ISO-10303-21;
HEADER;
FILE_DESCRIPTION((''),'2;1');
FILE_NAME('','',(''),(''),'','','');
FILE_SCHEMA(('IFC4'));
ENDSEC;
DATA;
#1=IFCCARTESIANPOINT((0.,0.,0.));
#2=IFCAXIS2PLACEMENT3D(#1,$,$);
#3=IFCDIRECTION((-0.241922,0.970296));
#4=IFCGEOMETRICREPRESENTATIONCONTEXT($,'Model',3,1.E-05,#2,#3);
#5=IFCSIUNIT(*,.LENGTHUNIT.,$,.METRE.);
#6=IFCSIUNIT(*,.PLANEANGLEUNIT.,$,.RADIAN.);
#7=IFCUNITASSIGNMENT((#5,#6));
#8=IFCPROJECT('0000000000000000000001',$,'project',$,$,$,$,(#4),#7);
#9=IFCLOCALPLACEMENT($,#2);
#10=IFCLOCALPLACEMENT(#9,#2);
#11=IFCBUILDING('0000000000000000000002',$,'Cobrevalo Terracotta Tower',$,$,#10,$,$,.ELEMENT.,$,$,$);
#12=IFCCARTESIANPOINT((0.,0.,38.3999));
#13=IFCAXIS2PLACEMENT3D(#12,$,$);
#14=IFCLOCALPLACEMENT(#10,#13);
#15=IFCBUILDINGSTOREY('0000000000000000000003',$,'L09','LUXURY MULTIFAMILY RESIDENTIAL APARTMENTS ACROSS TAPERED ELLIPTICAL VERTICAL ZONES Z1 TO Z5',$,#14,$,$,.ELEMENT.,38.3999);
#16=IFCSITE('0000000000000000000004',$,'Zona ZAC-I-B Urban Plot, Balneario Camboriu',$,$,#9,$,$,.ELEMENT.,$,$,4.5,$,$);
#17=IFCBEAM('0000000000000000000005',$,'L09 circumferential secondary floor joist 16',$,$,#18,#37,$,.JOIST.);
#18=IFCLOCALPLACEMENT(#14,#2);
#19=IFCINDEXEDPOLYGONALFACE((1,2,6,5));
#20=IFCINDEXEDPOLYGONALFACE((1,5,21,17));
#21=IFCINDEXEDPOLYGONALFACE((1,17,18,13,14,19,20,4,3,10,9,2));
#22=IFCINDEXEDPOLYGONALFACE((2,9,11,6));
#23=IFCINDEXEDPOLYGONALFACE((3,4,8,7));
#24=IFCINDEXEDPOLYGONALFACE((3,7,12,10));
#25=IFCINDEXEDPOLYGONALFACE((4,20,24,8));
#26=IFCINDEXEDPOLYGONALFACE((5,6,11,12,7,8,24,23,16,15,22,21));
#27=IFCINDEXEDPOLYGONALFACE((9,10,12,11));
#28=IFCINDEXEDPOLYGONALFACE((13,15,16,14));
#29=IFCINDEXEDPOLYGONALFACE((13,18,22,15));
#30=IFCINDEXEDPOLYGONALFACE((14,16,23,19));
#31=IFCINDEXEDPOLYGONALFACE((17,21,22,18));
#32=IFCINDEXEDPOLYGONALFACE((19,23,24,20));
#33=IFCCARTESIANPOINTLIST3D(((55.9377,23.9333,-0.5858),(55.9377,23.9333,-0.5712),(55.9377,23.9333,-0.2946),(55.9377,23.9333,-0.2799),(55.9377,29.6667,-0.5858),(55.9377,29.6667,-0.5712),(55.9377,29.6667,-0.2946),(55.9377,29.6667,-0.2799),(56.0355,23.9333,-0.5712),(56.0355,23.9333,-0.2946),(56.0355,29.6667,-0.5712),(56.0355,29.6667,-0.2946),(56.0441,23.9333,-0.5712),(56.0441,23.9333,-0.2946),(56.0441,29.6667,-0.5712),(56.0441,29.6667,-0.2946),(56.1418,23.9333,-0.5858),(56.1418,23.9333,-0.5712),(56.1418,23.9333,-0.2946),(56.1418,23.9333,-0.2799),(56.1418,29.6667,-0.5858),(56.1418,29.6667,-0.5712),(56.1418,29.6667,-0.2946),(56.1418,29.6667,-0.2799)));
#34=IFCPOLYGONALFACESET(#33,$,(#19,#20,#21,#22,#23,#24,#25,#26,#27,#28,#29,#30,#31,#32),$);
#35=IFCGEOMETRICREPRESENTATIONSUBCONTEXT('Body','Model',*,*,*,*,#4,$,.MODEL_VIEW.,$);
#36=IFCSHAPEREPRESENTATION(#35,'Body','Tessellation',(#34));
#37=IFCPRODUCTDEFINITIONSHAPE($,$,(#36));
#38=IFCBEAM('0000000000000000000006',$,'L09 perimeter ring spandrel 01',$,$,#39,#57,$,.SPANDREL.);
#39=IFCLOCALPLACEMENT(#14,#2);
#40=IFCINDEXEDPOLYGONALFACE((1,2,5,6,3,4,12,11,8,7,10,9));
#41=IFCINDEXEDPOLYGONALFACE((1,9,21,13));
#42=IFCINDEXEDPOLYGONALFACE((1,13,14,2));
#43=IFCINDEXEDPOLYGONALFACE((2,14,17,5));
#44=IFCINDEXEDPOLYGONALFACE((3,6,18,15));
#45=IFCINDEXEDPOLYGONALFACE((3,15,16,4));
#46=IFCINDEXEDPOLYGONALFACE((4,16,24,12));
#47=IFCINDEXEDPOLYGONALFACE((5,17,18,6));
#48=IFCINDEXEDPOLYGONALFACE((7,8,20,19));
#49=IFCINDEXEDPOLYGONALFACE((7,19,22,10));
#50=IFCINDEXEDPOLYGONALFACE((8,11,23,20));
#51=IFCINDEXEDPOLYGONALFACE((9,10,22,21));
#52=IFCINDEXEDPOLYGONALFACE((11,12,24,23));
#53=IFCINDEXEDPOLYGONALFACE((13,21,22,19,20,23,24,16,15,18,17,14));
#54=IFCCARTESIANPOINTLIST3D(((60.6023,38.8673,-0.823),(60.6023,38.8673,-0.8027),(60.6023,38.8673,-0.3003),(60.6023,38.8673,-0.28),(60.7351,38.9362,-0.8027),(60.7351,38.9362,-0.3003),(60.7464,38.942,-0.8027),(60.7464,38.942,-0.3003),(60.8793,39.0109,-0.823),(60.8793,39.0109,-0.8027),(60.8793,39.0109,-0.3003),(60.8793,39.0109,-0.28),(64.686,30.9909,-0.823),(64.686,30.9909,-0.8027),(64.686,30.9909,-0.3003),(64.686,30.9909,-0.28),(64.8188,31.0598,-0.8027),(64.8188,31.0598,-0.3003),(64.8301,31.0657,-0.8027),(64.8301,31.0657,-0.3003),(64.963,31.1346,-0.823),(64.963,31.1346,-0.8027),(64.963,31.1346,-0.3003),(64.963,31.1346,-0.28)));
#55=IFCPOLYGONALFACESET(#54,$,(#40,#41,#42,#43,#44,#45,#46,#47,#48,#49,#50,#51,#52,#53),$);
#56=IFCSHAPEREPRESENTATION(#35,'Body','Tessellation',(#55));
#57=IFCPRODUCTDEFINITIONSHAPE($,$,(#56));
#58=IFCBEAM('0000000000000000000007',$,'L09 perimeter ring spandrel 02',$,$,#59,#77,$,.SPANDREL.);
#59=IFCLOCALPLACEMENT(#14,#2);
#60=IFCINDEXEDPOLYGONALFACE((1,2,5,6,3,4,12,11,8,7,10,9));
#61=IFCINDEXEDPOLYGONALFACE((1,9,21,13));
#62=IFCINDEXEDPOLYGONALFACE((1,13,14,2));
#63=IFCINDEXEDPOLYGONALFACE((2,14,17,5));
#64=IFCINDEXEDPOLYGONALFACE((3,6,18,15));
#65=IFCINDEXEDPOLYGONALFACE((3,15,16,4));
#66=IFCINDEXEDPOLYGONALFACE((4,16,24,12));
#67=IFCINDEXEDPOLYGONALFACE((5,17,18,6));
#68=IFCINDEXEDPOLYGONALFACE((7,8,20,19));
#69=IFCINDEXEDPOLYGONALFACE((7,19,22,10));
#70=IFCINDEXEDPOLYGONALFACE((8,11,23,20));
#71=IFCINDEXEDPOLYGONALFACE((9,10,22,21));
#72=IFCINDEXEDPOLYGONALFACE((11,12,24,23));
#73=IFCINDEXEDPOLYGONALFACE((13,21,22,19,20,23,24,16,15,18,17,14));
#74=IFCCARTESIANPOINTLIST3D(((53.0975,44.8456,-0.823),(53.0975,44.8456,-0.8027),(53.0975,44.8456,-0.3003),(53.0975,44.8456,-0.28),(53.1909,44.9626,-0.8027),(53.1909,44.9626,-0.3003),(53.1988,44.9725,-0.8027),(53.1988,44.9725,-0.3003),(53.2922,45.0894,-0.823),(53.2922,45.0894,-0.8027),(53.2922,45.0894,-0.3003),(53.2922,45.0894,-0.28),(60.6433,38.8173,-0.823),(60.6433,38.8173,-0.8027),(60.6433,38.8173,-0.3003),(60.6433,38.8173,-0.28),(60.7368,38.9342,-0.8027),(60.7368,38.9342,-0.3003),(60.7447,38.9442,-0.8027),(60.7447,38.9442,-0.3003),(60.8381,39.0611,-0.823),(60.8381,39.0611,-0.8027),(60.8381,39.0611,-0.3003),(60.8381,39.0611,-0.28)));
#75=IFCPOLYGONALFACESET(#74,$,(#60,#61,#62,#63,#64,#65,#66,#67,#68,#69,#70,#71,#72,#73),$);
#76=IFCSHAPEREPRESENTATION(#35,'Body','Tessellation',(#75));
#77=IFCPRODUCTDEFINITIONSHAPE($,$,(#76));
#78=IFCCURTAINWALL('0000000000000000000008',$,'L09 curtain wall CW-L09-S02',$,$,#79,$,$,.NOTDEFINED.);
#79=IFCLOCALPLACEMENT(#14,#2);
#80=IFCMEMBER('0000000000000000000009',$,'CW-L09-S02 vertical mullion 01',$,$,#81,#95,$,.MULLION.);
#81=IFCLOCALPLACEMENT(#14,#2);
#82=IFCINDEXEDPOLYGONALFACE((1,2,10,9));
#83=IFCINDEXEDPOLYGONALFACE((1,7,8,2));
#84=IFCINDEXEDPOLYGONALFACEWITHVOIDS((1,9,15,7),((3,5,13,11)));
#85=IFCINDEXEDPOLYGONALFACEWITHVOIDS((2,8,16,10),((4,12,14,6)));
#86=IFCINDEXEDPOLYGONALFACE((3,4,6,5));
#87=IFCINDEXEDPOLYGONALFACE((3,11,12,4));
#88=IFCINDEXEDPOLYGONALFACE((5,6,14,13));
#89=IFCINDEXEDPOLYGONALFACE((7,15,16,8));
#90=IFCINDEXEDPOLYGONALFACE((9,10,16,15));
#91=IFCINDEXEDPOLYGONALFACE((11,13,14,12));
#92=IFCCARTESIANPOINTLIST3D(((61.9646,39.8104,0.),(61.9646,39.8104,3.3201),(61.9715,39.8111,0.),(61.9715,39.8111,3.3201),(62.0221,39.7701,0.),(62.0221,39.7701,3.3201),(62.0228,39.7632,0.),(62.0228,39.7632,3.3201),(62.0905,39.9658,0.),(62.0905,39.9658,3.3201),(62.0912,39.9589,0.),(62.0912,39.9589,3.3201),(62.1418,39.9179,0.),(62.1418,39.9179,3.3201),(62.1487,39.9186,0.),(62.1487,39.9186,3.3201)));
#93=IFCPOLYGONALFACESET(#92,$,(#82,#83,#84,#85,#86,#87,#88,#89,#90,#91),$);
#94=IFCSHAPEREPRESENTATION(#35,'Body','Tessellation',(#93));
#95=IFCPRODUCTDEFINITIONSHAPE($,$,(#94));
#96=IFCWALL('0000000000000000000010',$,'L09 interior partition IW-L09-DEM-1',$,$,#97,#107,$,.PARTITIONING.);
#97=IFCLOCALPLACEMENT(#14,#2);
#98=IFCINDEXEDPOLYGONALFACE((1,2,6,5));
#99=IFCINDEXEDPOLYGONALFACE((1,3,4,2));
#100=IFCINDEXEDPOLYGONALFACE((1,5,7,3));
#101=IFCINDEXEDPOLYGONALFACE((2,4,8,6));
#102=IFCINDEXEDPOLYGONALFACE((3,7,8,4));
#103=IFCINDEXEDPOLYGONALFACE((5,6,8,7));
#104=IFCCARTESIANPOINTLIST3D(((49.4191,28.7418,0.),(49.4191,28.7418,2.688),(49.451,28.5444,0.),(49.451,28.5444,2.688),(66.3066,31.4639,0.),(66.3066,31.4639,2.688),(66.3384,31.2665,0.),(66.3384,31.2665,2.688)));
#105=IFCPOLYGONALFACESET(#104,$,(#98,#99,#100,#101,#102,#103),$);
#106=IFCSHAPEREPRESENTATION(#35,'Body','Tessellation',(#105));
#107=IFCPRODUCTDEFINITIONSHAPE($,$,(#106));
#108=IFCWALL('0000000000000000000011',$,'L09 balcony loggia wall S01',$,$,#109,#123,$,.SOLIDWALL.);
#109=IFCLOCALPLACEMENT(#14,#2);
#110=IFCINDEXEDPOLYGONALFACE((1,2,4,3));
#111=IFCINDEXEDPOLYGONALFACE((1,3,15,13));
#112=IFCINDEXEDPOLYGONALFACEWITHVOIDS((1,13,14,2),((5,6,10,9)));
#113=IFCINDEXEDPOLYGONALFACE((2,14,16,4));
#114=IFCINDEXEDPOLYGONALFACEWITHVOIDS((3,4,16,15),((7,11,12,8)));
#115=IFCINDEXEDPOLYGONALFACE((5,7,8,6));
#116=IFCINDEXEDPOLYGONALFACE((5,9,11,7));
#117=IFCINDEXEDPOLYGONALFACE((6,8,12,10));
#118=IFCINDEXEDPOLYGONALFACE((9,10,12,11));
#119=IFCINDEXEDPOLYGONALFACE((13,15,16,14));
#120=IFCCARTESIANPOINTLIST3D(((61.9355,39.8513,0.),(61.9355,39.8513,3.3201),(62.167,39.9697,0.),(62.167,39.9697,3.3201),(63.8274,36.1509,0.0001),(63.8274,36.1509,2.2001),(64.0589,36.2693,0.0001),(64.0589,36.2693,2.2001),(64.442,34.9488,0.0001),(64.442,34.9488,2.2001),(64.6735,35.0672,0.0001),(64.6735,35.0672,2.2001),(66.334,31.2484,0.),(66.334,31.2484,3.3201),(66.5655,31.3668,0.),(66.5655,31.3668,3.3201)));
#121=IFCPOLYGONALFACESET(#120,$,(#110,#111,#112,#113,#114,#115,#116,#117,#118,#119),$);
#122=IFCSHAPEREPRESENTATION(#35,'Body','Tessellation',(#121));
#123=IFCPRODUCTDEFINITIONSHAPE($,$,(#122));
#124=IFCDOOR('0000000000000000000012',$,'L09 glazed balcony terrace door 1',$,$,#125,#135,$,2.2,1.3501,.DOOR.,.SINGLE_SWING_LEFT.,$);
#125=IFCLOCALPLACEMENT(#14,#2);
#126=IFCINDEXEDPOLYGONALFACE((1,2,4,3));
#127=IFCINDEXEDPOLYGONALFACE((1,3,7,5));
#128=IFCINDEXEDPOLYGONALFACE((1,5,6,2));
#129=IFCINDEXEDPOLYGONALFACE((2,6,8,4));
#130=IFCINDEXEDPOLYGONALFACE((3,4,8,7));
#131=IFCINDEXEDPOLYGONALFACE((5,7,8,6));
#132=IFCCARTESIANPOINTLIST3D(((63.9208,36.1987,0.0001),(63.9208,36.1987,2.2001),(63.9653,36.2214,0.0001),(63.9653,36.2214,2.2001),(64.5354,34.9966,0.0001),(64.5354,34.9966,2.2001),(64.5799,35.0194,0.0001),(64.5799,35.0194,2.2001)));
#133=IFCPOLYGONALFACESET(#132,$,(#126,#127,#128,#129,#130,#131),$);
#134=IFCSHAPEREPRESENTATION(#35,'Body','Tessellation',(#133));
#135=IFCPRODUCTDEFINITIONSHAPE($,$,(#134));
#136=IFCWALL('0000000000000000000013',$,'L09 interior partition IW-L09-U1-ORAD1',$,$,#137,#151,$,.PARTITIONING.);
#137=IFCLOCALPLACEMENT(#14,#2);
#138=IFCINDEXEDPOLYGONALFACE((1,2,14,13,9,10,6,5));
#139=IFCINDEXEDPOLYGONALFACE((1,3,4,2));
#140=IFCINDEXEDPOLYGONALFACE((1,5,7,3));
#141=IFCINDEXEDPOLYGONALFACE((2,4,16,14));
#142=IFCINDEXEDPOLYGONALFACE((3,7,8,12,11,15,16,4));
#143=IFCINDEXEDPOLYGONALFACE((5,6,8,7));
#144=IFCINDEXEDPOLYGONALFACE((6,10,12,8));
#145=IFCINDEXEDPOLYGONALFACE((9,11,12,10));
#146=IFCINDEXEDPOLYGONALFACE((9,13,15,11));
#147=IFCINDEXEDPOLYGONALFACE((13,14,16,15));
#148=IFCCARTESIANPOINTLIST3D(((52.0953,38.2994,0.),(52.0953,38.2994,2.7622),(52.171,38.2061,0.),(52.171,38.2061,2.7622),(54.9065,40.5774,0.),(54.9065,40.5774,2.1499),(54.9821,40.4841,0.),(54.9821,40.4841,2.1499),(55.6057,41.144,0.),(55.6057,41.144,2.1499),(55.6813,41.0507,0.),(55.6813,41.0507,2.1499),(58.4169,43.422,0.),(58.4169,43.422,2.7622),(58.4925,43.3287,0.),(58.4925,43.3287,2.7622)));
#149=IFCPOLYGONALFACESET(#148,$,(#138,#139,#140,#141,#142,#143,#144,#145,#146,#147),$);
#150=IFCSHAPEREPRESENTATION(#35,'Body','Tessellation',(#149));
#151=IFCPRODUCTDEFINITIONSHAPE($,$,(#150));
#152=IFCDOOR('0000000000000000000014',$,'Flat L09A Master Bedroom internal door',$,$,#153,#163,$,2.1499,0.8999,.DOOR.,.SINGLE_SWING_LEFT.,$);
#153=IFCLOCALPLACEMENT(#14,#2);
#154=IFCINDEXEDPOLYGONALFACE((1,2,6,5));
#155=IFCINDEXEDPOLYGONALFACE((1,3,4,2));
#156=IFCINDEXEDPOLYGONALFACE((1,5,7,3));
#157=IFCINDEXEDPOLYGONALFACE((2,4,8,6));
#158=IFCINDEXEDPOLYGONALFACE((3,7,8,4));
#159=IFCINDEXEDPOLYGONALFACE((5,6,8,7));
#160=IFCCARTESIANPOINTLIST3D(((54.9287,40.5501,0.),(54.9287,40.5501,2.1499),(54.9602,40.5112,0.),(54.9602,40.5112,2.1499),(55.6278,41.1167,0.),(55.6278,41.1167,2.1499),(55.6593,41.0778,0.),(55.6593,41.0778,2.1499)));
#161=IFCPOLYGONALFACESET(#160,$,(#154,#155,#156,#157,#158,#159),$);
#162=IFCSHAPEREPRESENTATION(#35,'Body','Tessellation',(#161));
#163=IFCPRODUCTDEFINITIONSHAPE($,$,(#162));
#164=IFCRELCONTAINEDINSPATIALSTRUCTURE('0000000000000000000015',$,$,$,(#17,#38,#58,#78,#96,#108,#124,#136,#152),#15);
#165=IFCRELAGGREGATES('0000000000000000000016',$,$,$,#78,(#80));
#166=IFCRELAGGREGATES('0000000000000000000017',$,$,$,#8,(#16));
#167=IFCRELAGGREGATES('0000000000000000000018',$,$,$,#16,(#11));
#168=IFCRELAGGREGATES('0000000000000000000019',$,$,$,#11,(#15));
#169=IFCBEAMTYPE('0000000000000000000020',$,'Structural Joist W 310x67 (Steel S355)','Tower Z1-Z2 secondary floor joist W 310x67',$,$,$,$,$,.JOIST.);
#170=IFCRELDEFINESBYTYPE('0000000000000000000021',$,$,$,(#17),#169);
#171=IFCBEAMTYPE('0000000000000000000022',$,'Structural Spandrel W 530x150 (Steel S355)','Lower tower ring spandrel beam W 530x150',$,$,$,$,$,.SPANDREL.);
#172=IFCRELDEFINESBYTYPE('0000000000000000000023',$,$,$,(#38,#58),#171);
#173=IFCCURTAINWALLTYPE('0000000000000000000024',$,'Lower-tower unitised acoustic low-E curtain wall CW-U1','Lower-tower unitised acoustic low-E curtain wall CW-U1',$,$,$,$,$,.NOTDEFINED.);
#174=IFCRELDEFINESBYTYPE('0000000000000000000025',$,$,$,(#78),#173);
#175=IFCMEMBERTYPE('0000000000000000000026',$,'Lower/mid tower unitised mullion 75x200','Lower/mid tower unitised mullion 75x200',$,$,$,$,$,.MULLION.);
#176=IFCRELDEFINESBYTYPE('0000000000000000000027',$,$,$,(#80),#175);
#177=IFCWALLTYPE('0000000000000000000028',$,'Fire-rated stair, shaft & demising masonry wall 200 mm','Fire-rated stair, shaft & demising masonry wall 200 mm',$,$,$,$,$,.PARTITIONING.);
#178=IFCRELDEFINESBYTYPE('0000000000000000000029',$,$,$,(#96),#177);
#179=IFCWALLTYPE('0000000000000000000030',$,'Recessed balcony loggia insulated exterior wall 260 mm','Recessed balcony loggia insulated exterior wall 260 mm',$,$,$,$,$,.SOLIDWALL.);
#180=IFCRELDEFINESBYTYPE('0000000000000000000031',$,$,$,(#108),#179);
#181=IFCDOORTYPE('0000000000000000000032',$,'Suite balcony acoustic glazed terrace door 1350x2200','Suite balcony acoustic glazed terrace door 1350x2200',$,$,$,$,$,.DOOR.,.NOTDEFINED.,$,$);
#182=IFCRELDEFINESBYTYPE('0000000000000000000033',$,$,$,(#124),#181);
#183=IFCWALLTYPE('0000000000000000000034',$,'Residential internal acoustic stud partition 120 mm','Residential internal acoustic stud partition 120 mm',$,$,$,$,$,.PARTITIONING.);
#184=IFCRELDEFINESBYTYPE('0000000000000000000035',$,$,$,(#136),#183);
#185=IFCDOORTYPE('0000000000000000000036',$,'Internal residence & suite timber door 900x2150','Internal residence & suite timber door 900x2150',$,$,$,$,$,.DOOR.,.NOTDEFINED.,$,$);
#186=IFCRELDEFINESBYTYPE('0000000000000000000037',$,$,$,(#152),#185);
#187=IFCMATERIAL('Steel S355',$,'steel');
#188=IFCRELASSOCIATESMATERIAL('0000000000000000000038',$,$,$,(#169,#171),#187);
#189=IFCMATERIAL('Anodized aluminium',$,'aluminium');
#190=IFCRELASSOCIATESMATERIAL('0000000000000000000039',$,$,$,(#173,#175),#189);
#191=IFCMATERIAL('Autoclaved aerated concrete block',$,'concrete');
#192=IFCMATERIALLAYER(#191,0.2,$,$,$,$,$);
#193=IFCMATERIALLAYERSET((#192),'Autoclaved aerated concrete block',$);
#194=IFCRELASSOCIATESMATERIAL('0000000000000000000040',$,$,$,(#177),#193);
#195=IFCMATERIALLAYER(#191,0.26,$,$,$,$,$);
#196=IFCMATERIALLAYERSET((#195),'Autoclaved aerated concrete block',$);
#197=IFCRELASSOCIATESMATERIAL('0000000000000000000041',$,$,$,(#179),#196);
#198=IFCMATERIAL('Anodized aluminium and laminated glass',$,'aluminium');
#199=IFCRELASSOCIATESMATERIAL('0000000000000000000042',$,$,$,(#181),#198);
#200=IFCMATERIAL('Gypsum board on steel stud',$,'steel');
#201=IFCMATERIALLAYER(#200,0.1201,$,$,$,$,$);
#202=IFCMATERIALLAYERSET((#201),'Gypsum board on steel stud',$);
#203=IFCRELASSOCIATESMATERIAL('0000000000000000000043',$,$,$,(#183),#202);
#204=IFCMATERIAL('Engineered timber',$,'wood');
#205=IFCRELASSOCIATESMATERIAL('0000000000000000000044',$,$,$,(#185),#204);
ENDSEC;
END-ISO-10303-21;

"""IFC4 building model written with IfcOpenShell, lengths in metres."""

from ifc_helpers import new_model, si_unit, direction, frame, frame_2d, origin, origin_2d, place, context, subcontext, project, spatial, rectangle, hollow_rectangle, i_section, extrude, source, transform, mapped, material, layer, layer_set, material_profile, profile_set, type_object, element, fill, aggregate, save


model = new_model("IFC4")

# Units and contexts
model_context = context("Model", 3, precision=1e-05, world=origin(), true_north=direction((-0.241922, 0.970296)))
body_context = subcontext(model_context, "Body", "Model", "MODEL_VIEW")
ifc_project = project(units=[si_unit("LENGTHUNIT", "METRE"), si_unit("PLANEANGLEUNIT", "RADIAN")], contexts=[model_context])

# Site, building, storey
site_placement = place(None, origin())
site = spatial("IfcSite", under=ifc_project, at=site_placement, Name="Zona ZAC-I-B Urban Plot, Balneario Camboriu", CompositionType="ELEMENT", RefElevation=4.5)
building_placement = place(site_placement, origin())
building = spatial("IfcBuilding", under=site, at=building_placement, Name="Cobrevalo Terracotta Tower", CompositionType="ELEMENT")
storey_placement = place(building_placement, frame((0.0, 0.0, 38.3999)))
storey = spatial("IfcBuildingStorey", under=building, at=storey_placement, Name="L09", Description="LUXURY MULTIFAMILY RESIDENTIAL APARTMENTS ACROSS TAPERED ELLIPTICAL VERTICAL ZONES Z1 TO Z5", CompositionType="ELEMENT", Elevation=38.3999)

# Shared definitions
ifc_material_1 = material(Name="Steel S355", Category="steel")

# Beams
ifc_material_profile_1 = material_profile(ifc_material_1, i_section(OverallWidth=0.2041, OverallDepth=0.3059, WebThickness=0.0085, FlangeThickness=0.0146, at=origin_2d()), Name="W 310x67")
ifc_profile_set_1 = profile_set([ifc_material_profile_1], Name="Steel S355")
beam_type_1 = type_object("IfcBeamType", Name="Structural Joist W 310x67 (Steel S355)", Description="Tower Z1-Z2 secondary floor joist W 310x67", PredefinedType="JOIST", material=ifc_profile_set_1)
beam_1_placement = place(storey_placement, frame((56.0398, 23.9333, -0.4329), z_axis=(0.0, 1.0, 0.0), x_axis=(-1.0, 0.0, 0.0)))
element("IfcBeam", 1, at=beam_1_placement, inside=storey, type_object=beam_type_1, Name="L09 circumferential secondary floor joist 16", PredefinedType="JOIST", context=body_context, shape_type="SweptSolid", body=[
    extrude(i_section(OverallWidth=0.2041, OverallDepth=0.3059, WebThickness=0.0085, FlangeThickness=0.0146, at=origin_2d()), origin(), (0.0, 0.0, 1.0), 5.7334),
])
ifc_material_profile_2 = material_profile(ifc_material_1, i_section(OverallWidth=0.312, OverallDepth=0.543, WebThickness=0.0127, FlangeThickness=0.0203, at=origin_2d()), Name="W 530x150")
ifc_profile_set_2 = profile_set([ifc_material_profile_2], Name="Steel S355")
beam_type_2 = type_object("IfcBeamType", Name="Structural Spandrel W 530x150 (Steel S355)", Description="Lower tower ring spandrel beam W 530x150", PredefinedType="SPANDREL", material=ifc_profile_set_2)
beam_2_placement = place(storey_placement, frame((64.8245, 31.0627, -0.5515), z_axis=(-0.460286, 0.887771, 0.0), x_axis=(-0.887771, -0.460286, 0.0)))
element("IfcBeam", 2, at=beam_2_placement, inside=storey, type_object=beam_type_2, Name="L09 perimeter ring spandrel 01", PredefinedType="SPANDREL", context=body_context, shape_type="SweptSolid", body=[
    extrude(i_section(OverallWidth=0.312, OverallDepth=0.543, WebThickness=0.0127, FlangeThickness=0.0203, at=origin_2d()), origin(), (0.0, 0.0, 1.0), 8.8721),
])
beam_3_placement = place(storey_placement, frame((60.7407, 38.9392, -0.5515), z_axis=(-0.781293, 0.624165, 0.0), x_axis=(-0.624165, -0.781293, 0.0)))
element("IfcBeam", 3, at=beam_3_placement, inside=storey, type_object=beam_type_2, Name="L09 perimeter ring spandrel 02", PredefinedType="SPANDREL", context=body_context, shape_type="SweptSolid", body=[
    extrude(i_section(OverallWidth=0.312, OverallDepth=0.543, WebThickness=0.0127, FlangeThickness=0.0203, at=origin_2d()), origin(), (0.0, 0.0, 1.0), 9.6582),
])

# Curtain wall, member
ifc_material_2 = material(Name="Anodized aluminium", Category="aluminium")
curtain_wall_type = type_object("IfcCurtainWallType", Name="Lower-tower unitised acoustic low-E curtain wall CW-U1", Description="Lower-tower unitised acoustic low-E curtain wall CW-U1", PredefinedType="NOTDEFINED", material=ifc_material_2)
curtain_wall_placement = place(storey_placement, origin())
curtain_wall = element("IfcCurtainWall", 4, at=curtain_wall_placement, inside=storey, type_object=curtain_wall_type, Name="L09 curtain wall CW-L09-S02", PredefinedType="NOTDEFINED")
ifc_material_profile_3 = material_profile(ifc_material_2, hollow_rectangle(XDim=0.075, YDim=0.2, WallThickness=0.0049, at=origin_2d()), Name="CWM 75x200")
ifc_profile_set_3 = profile_set([ifc_material_profile_3], Name="Anodized aluminium")
member_type = type_object("IfcMemberType", Name="Lower/mid tower unitised mullion 75x200", Description="Lower/mid tower unitised mullion 75x200", PredefinedType="MULLION", material=ifc_profile_set_3)
shared_shape_1 = source(origin(), body_context, "Body", "SweptSolid", [
    extrude(hollow_rectangle(XDim=0.075, YDim=0.2, WallThickness=0.0049, at=origin_2d()), origin(), (0.0, 0.0, 1.0), 3.3201),
])
member_placement = place(storey_placement, frame((62.0566, 39.8645, 0.0), z_axis=(0.0, 0.0, 1.0), x_axis=(-0.777003, 0.629497, 0.0)))
member = element("IfcMember", 5, at=member_placement, type_object=member_type, Name="CW-L09-S02 vertical mullion 01", PredefinedType="MULLION", context=body_context, shape_type="MappedRepresentation", body=[
    mapped(shared_shape_1, transform((0.0, 0.0, 0.0), scale=1.0)),
])
aggregate(curtain_wall, [member])

# Wall
ifc_material_3 = material(Name="Autoclaved aerated concrete block", Category="concrete")
ifc_layer_1 = layer(ifc_material_3, 0.2)
ifc_layer_set_1 = layer_set([ifc_layer_1], Name="Autoclaved aerated concrete block")
wall_type_1 = type_object("IfcWallType", Name="Fire-rated stair, shaft & demising masonry wall 200 mm", Description="Fire-rated stair, shaft & demising masonry wall 200 mm", PredefinedType="PARTITIONING", material=ifc_layer_set_1)
wall_1_placement = place(storey_placement, frame((49.4351, 28.6431, 0.0), z_axis=(0.0, 0.0, 1.0), x_axis=(0.987256, 0.15914, 0.0)))
element("IfcWall", 6, at=wall_1_placement, inside=storey, type_object=wall_type_1, Name="L09 interior partition IW-L09-DEM-1", PredefinedType="PARTITIONING", context=body_context, shape_type="SweptSolid", body=[
    extrude(rectangle(XDim=17.1055, YDim=0.2, at=frame_2d((8.5527, 0.0))), origin(), (0.0, 0.0, 1.0), 2.688),
])

# Walls, openings, doors
ifc_layer_2 = layer(ifc_material_3, 0.26)
ifc_layer_set_2 = layer_set([ifc_layer_2], Name="Autoclaved aerated concrete block")
wall_type_2 = type_object("IfcWallType", Name="Recessed balcony loggia insulated exterior wall 260 mm", Description="Recessed balcony loggia insulated exterior wall 260 mm", PredefinedType="SOLIDWALL", material=ifc_layer_set_2)
wall_2_placement = place(storey_placement, frame((66.4497, 31.3076, 0.0), z_axis=(0.0, 0.0, 1.0), x_axis=(-0.455231, 0.890373, 0.0)))
wall_2 = element("IfcWall", 7, at=wall_2_placement, inside=storey, type_object=wall_type_2, Name="L09 balcony loggia wall S01", PredefinedType="SOLIDWALL", context=body_context, shape_type="SweptSolid", body=[
    extrude(rectangle(XDim=9.6621, YDim=0.26, at=frame_2d((4.8311, 0.0))), origin(), (0.0, 0.0, 1.0), 3.3201),
])
opening_1_placement = place(wall_2_placement, frame((4.156, 0.0, 0.0)))
opening_1 = element("IfcOpeningElement", 8, at=opening_1_placement, cuts=wall_2, PredefinedType="OPENING", context=body_context, shape_type="SweptSolid", body=[
    extrude(rectangle(XDim=1.3501, YDim=2.2, at=frame_2d((0.675, 1.1001))), frame((0.0, 0.1401, 0.0), z_axis=(0.0, -1.0, 0.0), x_axis=(1.0, 0.0, 0.0)), (0.0, 0.0, 1.0), 0.28),
])
ifc_material_4 = material(Name="Anodized aluminium and laminated glass", Category="aluminium")
door_type_1 = type_object("IfcDoorType", Name="Suite balcony acoustic glazed terrace door 1350x2200", Description="Suite balcony acoustic glazed terrace door 1350x2200", OperationType="NOTDEFINED", PredefinedType="DOOR", material=ifc_material_4)
shared_shape_2 = source(origin(), body_context, "Body", "SweptSolid", [
    extrude(rectangle(XDim=1.3501, YDim=2.2, at=frame_2d((0.675, 1.1001))), frame((0.0, 0.0249, 0.0), z_axis=(0.0, -1.0, 0.0), x_axis=(1.0, 0.0, 0.0)), (0.0, 0.0, 1.0), 0.05),
])
door_1_placement = place(opening_1_placement, frame((1.3501, 0.0, 0.0), z_axis=(0.0, 0.0, 1.0), x_axis=(-1.0, 0.0, 0.0)))
door_1 = element("IfcDoor", 9, at=door_1_placement, inside=storey, type_object=door_type_1, Name="L09 glazed balcony terrace door 1", OperationType="SINGLE_SWING_LEFT", OverallHeight=2.2, OverallWidth=1.3501, PredefinedType="DOOR", context=body_context, shape_type="MappedRepresentation", body=[
    mapped(shared_shape_2, transform((0.0, 0.0, 0.0), scale=1.0)),
])
fill(opening_1, door_1)
ifc_material_5 = material(Name="Gypsum board on steel stud", Category="steel")
ifc_layer_3 = layer(ifc_material_5, 0.1201)
ifc_layer_set_3 = layer_set([ifc_layer_3], Name="Gypsum board on steel stud")
wall_type_3 = type_object("IfcWallType", Name="Residential internal acoustic stud partition 120 mm", Description="Residential internal acoustic stud partition 120 mm", PredefinedType="PARTITIONING", material=ifc_layer_set_3)
wall_3_placement = place(storey_placement, frame((52.1331, 38.2527, 0.0), z_axis=(0.0, 0.0, 1.0), x_axis=(0.776937, 0.629579, 0.0)))
wall_3 = element("IfcWall", 10, at=wall_3_placement, inside=storey, type_object=wall_type_3, Name="L09 interior partition IW-L09-U1-ORAD1", PredefinedType="PARTITIONING", context=body_context, shape_type="SweptSolid", body=[
    extrude(rectangle(XDim=8.1365, YDim=0.1201, at=frame_2d((4.0684, 0.0))), origin(), (0.0, 0.0, 1.0), 2.7622),
])
opening_2_placement = place(wall_3_placement, frame((3.6184, 0.0, 0.0)))
opening_2 = element("IfcOpeningElement", 11, at=opening_2_placement, cuts=wall_3, PredefinedType="OPENING", context=body_context, shape_type="SweptSolid", body=[
    extrude(rectangle(XDim=0.8999, YDim=2.1499, at=frame_2d((0.45, 1.075))), frame((0.0, 0.0701, 0.0), z_axis=(0.0, -1.0, 0.0), x_axis=(1.0, 0.0, 0.0)), (0.0, 0.0, 1.0), 0.1401),
])
ifc_material_6 = material(Name="Engineered timber", Category="wood")
door_type_2 = type_object("IfcDoorType", Name="Internal residence & suite timber door 900x2150", Description="Internal residence & suite timber door 900x2150", OperationType="NOTDEFINED", PredefinedType="DOOR", material=ifc_material_6)
shared_shape_3 = source(origin(), body_context, "Body", "SweptSolid", [
    extrude(rectangle(XDim=0.8999, YDim=2.1499, at=frame_2d((0.45, 1.075))), frame((0.0, 0.0249, 0.0), z_axis=(0.0, -1.0, 0.0), x_axis=(1.0, 0.0, 0.0)), (0.0, 0.0, 1.0), 0.05),
])
door_2_placement = place(opening_2_placement, origin())
door_2 = element("IfcDoor", 12, at=door_2_placement, inside=storey, type_object=door_type_2, Name="Flat L09A Master Bedroom internal door", OperationType="SINGLE_SWING_LEFT", OverallHeight=2.1499, OverallWidth=0.8999, PredefinedType="DOOR", context=body_context, shape_type="MappedRepresentation", body=[
    mapped(shared_shape_3, transform((0.0, 0.0, 0.0), scale=1.0)),
])
fill(opening_2, door_2)

save(model, "model.ifc")
